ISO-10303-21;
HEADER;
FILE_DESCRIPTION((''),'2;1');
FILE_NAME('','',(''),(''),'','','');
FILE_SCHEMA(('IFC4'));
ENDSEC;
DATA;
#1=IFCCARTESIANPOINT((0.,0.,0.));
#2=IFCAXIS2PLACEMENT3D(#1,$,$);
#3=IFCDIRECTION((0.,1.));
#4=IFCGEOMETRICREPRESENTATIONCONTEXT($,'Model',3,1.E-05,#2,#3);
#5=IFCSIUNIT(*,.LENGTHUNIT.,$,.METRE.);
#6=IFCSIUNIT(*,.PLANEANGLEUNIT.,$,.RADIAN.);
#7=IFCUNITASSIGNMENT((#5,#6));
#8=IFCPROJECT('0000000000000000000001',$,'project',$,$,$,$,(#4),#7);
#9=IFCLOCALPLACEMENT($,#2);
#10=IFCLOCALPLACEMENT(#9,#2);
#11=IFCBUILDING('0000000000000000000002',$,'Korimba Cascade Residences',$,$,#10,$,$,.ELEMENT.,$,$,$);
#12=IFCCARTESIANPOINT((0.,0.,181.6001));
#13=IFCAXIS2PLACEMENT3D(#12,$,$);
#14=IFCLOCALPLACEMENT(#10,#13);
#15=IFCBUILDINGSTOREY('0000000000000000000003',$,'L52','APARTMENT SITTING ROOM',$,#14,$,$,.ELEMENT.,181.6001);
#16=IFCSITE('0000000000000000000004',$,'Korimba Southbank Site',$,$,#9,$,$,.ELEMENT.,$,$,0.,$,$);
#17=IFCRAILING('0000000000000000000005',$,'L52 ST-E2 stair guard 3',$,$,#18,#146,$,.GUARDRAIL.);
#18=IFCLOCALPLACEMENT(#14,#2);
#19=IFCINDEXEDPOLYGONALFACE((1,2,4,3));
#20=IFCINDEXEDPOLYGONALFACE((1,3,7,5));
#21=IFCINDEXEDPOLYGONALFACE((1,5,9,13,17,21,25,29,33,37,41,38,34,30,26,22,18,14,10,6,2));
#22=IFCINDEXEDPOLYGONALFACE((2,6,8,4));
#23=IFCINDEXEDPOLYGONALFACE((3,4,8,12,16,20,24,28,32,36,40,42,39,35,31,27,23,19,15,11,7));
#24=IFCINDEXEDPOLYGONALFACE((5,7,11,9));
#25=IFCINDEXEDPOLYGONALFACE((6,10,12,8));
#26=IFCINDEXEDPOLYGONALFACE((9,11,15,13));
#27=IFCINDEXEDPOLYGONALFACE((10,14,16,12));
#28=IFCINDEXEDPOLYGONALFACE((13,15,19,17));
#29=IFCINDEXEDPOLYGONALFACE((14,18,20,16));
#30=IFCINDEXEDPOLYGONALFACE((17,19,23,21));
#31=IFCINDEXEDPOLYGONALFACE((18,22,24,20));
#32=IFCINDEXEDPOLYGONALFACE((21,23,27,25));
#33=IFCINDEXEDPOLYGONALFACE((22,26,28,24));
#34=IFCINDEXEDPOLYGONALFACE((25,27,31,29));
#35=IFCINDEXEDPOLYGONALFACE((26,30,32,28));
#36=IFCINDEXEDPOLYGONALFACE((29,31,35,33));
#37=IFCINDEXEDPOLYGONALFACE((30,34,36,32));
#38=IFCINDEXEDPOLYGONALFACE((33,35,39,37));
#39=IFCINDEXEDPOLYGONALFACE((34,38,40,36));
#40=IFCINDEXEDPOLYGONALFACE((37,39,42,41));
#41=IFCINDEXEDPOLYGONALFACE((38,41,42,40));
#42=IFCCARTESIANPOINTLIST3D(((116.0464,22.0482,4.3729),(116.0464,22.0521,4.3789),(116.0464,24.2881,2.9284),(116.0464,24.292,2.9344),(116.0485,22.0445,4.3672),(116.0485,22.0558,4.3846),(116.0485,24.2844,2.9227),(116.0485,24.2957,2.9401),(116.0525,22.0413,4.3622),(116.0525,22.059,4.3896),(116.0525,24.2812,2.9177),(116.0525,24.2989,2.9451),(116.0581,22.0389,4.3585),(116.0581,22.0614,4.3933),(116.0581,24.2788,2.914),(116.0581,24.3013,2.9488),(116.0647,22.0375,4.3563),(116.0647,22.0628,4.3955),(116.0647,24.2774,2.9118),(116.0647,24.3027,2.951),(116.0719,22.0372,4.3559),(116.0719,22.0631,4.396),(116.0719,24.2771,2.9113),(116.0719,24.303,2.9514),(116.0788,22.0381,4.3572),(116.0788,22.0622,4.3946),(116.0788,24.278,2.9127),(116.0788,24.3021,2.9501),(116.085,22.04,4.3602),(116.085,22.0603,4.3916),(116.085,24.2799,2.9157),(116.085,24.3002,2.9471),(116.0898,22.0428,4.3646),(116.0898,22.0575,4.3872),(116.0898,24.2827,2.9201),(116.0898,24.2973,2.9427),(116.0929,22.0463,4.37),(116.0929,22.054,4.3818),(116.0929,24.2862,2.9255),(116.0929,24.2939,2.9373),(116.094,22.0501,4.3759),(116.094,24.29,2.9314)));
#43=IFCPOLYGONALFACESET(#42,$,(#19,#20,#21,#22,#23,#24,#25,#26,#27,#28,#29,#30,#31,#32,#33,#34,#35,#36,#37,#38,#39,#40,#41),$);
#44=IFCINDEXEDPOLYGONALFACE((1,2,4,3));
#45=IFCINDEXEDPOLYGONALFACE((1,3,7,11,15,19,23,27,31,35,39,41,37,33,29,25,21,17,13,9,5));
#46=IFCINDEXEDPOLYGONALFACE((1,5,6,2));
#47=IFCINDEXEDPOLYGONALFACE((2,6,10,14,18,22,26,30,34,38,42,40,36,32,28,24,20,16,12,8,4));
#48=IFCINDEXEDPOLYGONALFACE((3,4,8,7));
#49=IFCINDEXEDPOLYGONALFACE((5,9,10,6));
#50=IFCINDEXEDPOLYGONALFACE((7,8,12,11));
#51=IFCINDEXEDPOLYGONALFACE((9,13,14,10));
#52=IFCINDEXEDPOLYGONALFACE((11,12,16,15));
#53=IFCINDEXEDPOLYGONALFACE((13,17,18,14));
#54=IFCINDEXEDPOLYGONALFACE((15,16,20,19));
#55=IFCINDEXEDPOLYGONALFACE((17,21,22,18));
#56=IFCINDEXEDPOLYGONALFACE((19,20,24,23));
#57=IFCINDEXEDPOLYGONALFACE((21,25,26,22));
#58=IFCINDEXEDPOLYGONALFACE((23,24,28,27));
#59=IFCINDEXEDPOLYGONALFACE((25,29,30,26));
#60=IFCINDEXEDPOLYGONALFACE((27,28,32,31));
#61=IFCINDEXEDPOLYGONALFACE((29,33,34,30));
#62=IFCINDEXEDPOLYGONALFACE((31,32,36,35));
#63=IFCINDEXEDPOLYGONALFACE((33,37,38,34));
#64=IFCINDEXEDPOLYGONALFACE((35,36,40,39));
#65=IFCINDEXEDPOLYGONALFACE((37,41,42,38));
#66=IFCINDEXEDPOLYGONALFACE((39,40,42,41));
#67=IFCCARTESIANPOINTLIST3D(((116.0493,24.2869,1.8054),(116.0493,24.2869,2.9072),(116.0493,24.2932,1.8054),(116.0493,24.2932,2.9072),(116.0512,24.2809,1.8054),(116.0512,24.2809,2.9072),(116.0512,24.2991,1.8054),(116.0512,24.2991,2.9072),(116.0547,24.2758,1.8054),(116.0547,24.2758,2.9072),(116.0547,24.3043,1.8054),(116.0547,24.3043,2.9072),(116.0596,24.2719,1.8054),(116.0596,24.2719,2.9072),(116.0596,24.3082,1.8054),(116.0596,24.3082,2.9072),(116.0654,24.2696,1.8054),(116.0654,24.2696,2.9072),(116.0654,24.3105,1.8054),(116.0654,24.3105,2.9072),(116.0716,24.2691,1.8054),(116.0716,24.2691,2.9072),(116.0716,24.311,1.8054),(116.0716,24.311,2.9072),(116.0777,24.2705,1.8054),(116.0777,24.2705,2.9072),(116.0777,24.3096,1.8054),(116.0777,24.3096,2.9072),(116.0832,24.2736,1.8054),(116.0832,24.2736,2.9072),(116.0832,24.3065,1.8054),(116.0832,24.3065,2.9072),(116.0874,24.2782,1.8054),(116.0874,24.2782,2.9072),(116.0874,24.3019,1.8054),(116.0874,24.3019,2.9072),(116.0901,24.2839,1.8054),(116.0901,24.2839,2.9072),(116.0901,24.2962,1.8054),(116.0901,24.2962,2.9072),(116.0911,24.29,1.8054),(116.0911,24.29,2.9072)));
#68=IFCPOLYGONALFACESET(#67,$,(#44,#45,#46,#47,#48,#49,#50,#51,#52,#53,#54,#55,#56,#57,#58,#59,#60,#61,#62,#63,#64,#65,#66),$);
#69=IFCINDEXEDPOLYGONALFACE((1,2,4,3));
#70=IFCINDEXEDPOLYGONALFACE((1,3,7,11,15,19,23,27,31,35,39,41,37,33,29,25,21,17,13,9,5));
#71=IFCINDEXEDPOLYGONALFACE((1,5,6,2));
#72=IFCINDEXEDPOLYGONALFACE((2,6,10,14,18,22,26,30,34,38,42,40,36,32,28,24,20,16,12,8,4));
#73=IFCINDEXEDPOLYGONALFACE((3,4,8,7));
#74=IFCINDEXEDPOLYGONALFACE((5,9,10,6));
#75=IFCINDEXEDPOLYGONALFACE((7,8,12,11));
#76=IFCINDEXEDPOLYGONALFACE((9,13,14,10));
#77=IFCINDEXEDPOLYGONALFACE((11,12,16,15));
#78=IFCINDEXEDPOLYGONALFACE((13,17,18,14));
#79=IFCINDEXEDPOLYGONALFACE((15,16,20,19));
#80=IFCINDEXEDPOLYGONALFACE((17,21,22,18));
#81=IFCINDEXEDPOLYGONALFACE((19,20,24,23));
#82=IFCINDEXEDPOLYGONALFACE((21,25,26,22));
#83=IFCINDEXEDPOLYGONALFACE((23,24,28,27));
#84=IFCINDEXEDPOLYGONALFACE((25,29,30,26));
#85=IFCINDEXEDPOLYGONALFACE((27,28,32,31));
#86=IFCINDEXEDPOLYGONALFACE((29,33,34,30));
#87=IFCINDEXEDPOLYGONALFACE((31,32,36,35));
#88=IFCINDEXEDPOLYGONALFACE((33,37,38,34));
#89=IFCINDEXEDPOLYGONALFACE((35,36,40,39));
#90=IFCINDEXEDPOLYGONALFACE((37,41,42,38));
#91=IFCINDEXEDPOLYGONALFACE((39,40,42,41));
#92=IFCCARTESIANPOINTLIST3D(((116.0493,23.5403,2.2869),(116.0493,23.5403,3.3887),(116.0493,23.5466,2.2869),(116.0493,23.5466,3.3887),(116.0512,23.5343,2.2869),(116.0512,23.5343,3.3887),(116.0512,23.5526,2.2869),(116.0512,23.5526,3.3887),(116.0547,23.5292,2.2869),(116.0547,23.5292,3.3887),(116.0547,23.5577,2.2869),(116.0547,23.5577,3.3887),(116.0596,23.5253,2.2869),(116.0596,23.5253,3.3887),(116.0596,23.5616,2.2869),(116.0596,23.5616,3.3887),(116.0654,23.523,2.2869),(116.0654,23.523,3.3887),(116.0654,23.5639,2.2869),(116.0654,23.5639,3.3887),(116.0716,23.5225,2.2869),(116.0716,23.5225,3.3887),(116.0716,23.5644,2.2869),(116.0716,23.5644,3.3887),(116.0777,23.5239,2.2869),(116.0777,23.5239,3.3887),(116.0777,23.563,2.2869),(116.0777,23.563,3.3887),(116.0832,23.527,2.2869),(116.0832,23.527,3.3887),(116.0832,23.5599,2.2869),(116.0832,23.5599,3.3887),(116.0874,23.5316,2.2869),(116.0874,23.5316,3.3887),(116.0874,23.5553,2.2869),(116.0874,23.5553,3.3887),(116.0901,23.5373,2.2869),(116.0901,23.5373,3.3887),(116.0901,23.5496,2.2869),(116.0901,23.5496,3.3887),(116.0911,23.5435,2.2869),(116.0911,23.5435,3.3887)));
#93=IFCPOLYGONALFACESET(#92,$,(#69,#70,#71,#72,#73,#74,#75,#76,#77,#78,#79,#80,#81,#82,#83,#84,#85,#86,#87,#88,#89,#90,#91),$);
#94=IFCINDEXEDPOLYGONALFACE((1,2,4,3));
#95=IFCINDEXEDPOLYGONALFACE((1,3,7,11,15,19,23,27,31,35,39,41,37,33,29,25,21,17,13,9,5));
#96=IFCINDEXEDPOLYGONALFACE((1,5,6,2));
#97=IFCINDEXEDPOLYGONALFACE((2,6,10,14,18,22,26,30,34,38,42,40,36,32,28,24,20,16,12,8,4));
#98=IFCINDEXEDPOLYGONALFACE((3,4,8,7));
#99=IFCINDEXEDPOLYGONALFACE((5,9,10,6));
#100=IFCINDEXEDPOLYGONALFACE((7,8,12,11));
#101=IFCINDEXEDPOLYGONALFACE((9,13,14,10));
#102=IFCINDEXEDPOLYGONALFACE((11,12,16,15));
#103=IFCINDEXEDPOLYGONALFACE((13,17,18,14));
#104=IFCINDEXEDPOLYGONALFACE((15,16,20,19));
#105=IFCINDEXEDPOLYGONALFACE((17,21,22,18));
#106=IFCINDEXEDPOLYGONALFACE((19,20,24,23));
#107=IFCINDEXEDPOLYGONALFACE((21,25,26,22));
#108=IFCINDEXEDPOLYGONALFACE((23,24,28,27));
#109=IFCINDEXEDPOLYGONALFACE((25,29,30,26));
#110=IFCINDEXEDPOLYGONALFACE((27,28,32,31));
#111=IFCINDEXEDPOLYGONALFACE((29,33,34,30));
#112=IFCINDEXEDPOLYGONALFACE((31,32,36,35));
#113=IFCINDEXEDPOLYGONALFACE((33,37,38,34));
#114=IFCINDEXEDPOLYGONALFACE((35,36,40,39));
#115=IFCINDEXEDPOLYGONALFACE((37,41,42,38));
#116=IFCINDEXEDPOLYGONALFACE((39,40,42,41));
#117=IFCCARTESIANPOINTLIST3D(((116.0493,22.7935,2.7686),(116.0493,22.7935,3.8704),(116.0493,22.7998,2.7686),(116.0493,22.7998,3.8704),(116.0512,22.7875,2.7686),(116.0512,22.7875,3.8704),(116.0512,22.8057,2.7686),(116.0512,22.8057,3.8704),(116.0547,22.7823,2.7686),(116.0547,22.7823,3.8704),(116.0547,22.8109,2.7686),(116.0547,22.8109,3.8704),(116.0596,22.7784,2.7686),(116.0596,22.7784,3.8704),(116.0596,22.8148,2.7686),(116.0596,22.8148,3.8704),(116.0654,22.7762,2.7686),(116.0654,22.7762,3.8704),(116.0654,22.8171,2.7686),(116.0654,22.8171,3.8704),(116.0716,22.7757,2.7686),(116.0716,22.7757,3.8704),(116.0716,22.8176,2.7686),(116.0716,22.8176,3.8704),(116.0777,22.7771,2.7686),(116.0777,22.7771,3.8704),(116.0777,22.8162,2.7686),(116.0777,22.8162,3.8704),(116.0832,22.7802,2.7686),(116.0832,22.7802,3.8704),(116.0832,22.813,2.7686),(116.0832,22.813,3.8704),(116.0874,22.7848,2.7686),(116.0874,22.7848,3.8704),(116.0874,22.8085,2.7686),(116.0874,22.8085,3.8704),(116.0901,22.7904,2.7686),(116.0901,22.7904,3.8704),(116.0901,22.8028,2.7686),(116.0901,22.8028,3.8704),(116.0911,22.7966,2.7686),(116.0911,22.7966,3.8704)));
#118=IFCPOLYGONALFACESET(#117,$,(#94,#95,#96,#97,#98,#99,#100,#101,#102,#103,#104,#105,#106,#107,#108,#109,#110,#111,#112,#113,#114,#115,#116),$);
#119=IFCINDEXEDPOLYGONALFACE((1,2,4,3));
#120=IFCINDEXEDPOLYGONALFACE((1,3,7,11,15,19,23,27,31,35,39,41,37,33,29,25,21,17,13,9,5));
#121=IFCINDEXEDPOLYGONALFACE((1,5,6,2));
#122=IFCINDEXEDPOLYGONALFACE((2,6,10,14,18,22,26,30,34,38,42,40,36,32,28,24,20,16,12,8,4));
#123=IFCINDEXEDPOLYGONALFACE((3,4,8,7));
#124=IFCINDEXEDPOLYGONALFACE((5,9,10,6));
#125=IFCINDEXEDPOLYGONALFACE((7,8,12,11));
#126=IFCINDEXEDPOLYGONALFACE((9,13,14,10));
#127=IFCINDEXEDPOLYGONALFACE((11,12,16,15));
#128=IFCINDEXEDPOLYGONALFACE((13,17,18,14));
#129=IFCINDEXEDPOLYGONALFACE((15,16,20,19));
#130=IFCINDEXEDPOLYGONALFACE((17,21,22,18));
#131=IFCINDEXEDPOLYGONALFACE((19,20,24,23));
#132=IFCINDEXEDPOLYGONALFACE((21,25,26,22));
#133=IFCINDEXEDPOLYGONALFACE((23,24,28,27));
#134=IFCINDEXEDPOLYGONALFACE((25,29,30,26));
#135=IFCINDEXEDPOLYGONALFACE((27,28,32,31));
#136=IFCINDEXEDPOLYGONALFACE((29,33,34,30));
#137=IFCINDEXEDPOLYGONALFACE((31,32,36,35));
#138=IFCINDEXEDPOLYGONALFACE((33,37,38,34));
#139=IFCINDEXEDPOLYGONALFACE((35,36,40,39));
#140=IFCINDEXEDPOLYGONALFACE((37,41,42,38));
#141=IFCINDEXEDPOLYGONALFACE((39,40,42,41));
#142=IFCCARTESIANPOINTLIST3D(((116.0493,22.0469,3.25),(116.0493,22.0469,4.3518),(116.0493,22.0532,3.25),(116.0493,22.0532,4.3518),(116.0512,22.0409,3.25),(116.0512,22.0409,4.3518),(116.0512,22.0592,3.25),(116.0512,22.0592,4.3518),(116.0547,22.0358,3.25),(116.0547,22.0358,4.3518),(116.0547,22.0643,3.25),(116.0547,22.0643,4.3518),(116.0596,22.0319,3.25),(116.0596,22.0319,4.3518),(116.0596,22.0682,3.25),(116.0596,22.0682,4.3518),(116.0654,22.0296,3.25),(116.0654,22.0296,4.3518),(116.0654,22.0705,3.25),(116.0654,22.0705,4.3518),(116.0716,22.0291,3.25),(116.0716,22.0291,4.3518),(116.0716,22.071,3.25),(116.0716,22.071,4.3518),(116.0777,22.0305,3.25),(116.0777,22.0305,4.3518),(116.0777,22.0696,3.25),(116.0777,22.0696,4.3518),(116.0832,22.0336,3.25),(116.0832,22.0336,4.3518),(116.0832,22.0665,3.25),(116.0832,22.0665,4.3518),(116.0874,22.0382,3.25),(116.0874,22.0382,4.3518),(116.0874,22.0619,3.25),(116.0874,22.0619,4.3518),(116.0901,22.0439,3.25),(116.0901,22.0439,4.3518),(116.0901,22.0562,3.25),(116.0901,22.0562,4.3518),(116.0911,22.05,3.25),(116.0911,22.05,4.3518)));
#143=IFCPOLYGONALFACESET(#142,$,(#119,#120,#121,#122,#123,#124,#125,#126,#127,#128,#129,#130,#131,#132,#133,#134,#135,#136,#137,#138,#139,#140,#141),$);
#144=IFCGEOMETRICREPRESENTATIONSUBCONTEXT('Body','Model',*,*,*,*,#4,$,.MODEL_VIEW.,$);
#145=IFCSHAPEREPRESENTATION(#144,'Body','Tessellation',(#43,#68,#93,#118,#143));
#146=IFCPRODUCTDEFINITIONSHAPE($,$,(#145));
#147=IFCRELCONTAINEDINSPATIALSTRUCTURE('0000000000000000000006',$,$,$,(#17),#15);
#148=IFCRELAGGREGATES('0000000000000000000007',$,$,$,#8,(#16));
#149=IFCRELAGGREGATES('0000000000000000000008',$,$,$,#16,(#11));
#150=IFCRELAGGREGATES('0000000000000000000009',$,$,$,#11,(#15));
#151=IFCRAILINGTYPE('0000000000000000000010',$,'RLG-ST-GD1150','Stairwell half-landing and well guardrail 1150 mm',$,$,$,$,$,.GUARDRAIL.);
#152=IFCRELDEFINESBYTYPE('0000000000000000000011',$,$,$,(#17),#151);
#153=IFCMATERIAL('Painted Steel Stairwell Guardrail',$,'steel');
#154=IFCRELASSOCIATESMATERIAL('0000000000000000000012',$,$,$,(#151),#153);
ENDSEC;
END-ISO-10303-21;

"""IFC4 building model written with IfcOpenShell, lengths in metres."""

from ifc_helpers import new_model, si_unit, direction, frame, origin, origin_2d, place, context, subcontext, project, spatial, circle, extrude, material, type_object, element, save


model = new_model("IFC4")

# Units and contexts
model_context = context("Model", 3, precision=1e-05, world=origin(), true_north=direction((0.0, 1.0)))
body_context = subcontext(model_context, "Body", "Model", "MODEL_VIEW")
ifc_project = project(units=[si_unit("LENGTHUNIT", "METRE"), si_unit("PLANEANGLEUNIT", "RADIAN")], contexts=[model_context])

# Site, building, storey
site_placement = place(None, origin())
site = spatial("IfcSite", under=ifc_project, at=site_placement, Name="Korimba Southbank Site", CompositionType="ELEMENT", RefElevation=0.0)
building_placement = place(site_placement, origin())
building = spatial("IfcBuilding", under=site, at=building_placement, Name="Korimba Cascade Residences", CompositionType="ELEMENT")
storey_placement = place(building_placement, frame((0.0, 0.0, 181.6001)))
storey = spatial("IfcBuildingStorey", under=building, at=storey_placement, Name="L52", Description="APARTMENT SITTING ROOM", CompositionType="ELEMENT", Elevation=181.6001)

# Railing
ifc_material_1 = material(Name="Painted Steel Stairwell Guardrail", Category="steel")
railing_type_1 = type_object("IfcRailingType", Name="RLG-ST-GD1150", Description="Stairwell half-landing and well guardrail 1150 mm", PredefinedType="GUARDRAIL", material=ifc_material_1)
railing_1_placement = place(storey_placement, frame((116.0701, 24.29, 1.8054)))
element("IfcRailing", 1, at=railing_1_placement, inside=storey, type_object=railing_type_1, Name="L52 ST-E2 stair guard 3", PredefinedType="GUARDRAIL", context=body_context, shape_type="SweptSolid", body=[
    extrude(circle(Radius=0.0239, at=origin_2d()), frame((0.0, 0.0, 1.126), z_axis=(0.0, -0.840395, 0.541975), x_axis=(1.0, 0.0, 0.0)), (0.0, 0.0, 1.0), 2.6653),
    extrude(circle(Radius=0.021, at=origin_2d()), origin(), (0.0, 0.0, 1.0), 1.1018),
    extrude(circle(Radius=0.021, at=origin_2d()), frame((0.0, -0.7466, 0.4814)), (0.0, 0.0, 1.0), 1.1018),
    extrude(circle(Radius=0.021, at=origin_2d()), frame((0.0, -1.4934, 0.9631)), (0.0, 0.0, 1.0), 1.1018),
    extrude(circle(Radius=0.021, at=origin_2d()), frame((0.0, -2.24, 1.4446)), (0.0, 0.0, 1.0), 1.1018),
])

save(model, "model.ifc")
